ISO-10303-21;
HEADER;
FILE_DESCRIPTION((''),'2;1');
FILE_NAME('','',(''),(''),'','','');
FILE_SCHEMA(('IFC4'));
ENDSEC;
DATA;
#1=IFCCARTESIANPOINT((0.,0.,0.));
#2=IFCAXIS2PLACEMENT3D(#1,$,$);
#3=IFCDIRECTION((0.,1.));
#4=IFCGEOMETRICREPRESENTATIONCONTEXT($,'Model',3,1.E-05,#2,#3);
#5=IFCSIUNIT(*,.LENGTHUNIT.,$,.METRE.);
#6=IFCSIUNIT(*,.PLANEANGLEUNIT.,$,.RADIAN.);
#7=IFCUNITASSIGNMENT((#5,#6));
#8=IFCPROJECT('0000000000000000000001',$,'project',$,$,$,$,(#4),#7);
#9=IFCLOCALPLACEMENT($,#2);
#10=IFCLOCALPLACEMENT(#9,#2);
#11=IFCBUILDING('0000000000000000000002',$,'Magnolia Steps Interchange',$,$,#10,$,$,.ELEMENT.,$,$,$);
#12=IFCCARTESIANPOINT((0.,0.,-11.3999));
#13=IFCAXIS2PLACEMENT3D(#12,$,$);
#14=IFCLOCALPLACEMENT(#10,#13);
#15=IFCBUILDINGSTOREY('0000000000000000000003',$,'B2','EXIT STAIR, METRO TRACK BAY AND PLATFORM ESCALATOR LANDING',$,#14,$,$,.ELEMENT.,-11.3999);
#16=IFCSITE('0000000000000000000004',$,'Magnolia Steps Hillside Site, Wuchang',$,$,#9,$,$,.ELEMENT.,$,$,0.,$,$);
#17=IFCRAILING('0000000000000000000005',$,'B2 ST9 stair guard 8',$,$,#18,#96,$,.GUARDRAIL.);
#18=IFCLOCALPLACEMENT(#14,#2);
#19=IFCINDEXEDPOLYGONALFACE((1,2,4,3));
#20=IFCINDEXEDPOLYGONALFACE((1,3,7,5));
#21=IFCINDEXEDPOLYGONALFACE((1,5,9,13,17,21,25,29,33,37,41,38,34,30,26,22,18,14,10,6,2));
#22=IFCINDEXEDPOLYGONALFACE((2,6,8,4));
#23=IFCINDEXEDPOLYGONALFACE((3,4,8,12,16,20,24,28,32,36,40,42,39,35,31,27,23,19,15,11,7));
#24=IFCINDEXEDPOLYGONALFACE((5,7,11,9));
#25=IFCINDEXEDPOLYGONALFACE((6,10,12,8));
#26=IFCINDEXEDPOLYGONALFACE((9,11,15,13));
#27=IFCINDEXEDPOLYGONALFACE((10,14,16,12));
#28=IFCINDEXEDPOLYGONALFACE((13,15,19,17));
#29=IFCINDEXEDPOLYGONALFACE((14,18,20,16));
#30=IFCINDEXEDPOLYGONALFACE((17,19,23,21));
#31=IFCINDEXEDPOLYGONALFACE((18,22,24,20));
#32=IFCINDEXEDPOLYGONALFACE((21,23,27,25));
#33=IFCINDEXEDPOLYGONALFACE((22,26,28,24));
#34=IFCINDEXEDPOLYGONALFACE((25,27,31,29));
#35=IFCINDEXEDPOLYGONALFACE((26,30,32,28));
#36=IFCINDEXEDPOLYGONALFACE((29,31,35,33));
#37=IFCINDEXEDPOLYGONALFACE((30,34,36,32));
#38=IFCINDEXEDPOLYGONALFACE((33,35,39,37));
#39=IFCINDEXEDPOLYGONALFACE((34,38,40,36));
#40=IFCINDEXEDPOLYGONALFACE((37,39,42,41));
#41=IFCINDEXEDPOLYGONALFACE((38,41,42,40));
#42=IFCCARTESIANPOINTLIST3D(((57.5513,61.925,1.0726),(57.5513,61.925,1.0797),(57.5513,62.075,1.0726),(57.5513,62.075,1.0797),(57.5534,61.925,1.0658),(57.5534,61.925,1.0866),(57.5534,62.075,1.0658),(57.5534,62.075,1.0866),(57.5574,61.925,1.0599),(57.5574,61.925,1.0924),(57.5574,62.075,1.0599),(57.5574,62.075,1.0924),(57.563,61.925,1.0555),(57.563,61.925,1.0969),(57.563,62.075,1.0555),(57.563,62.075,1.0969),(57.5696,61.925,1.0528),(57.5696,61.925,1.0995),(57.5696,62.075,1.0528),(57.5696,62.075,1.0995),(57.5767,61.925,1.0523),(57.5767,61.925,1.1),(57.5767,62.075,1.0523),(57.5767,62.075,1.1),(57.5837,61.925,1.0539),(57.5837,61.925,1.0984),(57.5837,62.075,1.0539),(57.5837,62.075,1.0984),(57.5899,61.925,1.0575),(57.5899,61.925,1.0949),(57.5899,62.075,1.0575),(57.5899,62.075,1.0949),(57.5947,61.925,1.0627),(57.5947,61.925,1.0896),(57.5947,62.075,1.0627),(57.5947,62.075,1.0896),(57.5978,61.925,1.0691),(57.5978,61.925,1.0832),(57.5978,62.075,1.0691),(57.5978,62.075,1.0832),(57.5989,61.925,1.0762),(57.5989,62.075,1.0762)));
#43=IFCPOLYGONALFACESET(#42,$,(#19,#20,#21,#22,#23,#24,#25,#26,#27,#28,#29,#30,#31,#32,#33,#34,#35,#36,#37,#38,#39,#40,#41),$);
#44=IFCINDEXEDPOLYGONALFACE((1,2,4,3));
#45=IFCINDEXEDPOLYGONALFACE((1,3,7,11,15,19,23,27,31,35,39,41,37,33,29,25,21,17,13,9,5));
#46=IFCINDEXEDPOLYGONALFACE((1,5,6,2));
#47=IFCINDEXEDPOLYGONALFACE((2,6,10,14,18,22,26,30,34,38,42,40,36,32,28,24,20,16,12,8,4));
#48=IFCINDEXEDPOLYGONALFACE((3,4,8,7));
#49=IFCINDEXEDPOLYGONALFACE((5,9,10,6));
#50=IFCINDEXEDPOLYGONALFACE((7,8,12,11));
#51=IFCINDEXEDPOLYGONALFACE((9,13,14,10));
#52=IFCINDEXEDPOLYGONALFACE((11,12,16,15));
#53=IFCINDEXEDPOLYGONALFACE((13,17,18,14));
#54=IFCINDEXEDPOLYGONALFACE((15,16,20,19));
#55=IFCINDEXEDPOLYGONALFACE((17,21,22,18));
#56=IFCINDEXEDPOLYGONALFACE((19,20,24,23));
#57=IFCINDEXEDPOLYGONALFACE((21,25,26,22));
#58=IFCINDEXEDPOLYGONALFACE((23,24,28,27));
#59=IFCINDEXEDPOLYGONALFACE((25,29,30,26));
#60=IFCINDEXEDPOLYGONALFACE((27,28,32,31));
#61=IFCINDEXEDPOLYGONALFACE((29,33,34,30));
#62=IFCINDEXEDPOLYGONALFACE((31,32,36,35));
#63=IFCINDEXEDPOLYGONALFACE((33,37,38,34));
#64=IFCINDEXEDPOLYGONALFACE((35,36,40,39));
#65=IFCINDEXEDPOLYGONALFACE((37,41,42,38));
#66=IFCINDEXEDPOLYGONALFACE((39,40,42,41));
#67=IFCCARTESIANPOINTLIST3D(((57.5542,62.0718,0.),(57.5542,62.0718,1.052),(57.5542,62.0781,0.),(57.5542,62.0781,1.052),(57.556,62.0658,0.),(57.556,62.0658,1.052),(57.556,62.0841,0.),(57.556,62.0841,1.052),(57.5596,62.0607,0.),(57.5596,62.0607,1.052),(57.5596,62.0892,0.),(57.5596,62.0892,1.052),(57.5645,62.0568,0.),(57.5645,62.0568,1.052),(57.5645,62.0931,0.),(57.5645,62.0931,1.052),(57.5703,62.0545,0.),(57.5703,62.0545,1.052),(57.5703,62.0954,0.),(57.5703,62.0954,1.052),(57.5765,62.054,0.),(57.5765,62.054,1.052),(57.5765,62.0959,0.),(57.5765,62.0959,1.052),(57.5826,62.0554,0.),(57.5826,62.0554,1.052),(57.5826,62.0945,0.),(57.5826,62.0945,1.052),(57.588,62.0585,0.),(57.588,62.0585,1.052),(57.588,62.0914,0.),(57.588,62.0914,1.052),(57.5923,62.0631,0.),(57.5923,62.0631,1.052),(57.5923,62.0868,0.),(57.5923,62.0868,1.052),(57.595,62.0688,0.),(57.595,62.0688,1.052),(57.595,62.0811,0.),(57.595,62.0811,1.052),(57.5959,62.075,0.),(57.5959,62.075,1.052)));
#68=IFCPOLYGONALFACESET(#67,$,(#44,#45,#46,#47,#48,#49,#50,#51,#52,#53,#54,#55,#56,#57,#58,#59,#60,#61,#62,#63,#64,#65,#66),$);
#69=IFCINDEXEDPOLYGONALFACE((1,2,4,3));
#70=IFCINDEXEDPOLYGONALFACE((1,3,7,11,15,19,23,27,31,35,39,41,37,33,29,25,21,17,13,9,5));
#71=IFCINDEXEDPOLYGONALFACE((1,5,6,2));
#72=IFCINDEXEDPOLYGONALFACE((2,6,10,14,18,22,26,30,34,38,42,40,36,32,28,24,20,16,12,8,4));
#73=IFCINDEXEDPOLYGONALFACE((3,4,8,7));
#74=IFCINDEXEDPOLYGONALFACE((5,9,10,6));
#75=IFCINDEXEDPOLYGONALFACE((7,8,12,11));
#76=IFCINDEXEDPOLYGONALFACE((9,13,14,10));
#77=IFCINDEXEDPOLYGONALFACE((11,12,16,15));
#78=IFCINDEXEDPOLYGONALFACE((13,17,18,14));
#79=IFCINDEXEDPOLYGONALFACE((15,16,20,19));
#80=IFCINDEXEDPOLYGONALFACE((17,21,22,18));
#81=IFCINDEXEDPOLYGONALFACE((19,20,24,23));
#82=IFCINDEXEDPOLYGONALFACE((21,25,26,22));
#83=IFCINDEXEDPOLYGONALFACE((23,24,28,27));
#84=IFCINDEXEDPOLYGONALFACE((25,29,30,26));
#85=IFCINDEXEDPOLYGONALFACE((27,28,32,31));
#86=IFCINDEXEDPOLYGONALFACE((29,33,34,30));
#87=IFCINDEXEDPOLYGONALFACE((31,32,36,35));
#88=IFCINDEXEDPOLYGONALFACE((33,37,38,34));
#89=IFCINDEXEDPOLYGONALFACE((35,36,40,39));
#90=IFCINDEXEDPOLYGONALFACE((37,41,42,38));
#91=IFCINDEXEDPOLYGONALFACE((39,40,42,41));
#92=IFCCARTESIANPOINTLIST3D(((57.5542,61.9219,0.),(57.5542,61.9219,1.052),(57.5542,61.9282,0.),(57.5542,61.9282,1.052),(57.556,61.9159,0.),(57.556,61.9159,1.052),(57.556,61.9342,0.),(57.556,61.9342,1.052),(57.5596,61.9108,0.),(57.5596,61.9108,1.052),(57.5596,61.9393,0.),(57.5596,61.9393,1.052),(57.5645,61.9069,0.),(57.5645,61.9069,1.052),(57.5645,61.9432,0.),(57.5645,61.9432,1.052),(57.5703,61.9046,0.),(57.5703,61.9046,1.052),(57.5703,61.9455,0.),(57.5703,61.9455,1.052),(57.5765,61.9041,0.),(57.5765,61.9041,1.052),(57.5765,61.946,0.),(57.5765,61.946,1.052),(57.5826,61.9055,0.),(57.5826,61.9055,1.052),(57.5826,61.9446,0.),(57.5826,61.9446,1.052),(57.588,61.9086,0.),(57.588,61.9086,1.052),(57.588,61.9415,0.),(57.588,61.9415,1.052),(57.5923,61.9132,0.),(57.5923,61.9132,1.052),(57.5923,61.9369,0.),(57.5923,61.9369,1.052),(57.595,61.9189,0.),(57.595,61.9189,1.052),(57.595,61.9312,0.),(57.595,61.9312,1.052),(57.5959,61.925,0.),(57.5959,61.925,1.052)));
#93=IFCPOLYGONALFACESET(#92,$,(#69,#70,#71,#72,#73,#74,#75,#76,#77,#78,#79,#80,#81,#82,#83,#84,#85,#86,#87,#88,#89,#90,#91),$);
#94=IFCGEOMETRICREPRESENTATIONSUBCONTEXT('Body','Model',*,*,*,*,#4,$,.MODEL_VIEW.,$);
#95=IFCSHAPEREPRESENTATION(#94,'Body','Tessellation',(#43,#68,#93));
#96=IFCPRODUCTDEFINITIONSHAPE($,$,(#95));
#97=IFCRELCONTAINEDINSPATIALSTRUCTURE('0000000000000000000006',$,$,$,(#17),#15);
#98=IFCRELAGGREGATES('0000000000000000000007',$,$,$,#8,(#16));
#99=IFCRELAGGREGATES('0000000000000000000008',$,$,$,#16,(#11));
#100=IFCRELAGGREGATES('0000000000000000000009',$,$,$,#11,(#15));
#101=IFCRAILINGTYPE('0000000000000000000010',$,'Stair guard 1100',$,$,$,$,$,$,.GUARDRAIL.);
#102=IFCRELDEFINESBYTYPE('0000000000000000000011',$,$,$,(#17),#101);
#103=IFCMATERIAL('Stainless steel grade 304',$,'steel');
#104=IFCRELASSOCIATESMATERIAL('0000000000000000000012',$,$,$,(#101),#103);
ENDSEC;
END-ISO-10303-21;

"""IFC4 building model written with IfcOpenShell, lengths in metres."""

from ifc_helpers import new_model, si_unit, direction, frame, origin, origin_2d, place, context, subcontext, project, spatial, circle, extrude, material, type_object, element, save


model = new_model("IFC4")

# Units and contexts
model_context = context("Model", 3, precision=1e-05, world=origin(), true_north=direction((0.0, 1.0)))
body_context = subcontext(model_context, "Body", "Model", "MODEL_VIEW")
ifc_project = project(units=[si_unit("LENGTHUNIT", "METRE"), si_unit("PLANEANGLEUNIT", "RADIAN")], contexts=[model_context])

# Site, building, storey
site_placement = place(None, origin())
site = spatial("IfcSite", under=ifc_project, at=site_placement, Name="Magnolia Steps Hillside Site, Wuchang", CompositionType="ELEMENT", RefElevation=0.0)
building_placement = place(site_placement, origin())
building = spatial("IfcBuilding", under=site, at=building_placement, Name="Magnolia Steps Interchange", CompositionType="ELEMENT")
storey_placement = place(building_placement, frame((0.0, 0.0, -11.3999)))
storey = spatial("IfcBuildingStorey", under=building, at=storey_placement, Name="B2", Description="EXIT STAIR, METRO TRACK BAY AND PLATFORM ESCALATOR LANDING", CompositionType="ELEMENT", Elevation=-11.3999)

# Railing
ifc_material_1 = material(Name="Stainless steel grade 304", Category="steel")
railing_type_1 = type_object("IfcRailingType", Name="Stair guard 1100", PredefinedType="GUARDRAIL", material=ifc_material_1)
railing_1_placement = place(storey_placement, frame((57.575, 62.075, 0.0)))
element("IfcRailing", 1, at=railing_1_placement, inside=storey, type_object=railing_type_1, Name="B2 ST9 stair guard 8", PredefinedType="GUARDRAIL", context=body_context, shape_type="SweptSolid", body=[
    extrude(circle(Radius=0.0239, at=origin_2d()), frame((0.0, 0.0, 1.0762), z_axis=(0.0, -1.0, 0.0), x_axis=(1.0, 0.0, 0.0)), (0.0, 0.0, 1.0), 0.1499),
    extrude(circle(Radius=0.021, at=origin_2d()), origin(), (0.0, 0.0, 1.0), 1.052),
    extrude(circle(Radius=0.021, at=origin_2d()), frame((0.0, -0.1499, 0.0)), (0.0, 0.0, 1.0), 1.052),
])

save(model, "model.ifc")
